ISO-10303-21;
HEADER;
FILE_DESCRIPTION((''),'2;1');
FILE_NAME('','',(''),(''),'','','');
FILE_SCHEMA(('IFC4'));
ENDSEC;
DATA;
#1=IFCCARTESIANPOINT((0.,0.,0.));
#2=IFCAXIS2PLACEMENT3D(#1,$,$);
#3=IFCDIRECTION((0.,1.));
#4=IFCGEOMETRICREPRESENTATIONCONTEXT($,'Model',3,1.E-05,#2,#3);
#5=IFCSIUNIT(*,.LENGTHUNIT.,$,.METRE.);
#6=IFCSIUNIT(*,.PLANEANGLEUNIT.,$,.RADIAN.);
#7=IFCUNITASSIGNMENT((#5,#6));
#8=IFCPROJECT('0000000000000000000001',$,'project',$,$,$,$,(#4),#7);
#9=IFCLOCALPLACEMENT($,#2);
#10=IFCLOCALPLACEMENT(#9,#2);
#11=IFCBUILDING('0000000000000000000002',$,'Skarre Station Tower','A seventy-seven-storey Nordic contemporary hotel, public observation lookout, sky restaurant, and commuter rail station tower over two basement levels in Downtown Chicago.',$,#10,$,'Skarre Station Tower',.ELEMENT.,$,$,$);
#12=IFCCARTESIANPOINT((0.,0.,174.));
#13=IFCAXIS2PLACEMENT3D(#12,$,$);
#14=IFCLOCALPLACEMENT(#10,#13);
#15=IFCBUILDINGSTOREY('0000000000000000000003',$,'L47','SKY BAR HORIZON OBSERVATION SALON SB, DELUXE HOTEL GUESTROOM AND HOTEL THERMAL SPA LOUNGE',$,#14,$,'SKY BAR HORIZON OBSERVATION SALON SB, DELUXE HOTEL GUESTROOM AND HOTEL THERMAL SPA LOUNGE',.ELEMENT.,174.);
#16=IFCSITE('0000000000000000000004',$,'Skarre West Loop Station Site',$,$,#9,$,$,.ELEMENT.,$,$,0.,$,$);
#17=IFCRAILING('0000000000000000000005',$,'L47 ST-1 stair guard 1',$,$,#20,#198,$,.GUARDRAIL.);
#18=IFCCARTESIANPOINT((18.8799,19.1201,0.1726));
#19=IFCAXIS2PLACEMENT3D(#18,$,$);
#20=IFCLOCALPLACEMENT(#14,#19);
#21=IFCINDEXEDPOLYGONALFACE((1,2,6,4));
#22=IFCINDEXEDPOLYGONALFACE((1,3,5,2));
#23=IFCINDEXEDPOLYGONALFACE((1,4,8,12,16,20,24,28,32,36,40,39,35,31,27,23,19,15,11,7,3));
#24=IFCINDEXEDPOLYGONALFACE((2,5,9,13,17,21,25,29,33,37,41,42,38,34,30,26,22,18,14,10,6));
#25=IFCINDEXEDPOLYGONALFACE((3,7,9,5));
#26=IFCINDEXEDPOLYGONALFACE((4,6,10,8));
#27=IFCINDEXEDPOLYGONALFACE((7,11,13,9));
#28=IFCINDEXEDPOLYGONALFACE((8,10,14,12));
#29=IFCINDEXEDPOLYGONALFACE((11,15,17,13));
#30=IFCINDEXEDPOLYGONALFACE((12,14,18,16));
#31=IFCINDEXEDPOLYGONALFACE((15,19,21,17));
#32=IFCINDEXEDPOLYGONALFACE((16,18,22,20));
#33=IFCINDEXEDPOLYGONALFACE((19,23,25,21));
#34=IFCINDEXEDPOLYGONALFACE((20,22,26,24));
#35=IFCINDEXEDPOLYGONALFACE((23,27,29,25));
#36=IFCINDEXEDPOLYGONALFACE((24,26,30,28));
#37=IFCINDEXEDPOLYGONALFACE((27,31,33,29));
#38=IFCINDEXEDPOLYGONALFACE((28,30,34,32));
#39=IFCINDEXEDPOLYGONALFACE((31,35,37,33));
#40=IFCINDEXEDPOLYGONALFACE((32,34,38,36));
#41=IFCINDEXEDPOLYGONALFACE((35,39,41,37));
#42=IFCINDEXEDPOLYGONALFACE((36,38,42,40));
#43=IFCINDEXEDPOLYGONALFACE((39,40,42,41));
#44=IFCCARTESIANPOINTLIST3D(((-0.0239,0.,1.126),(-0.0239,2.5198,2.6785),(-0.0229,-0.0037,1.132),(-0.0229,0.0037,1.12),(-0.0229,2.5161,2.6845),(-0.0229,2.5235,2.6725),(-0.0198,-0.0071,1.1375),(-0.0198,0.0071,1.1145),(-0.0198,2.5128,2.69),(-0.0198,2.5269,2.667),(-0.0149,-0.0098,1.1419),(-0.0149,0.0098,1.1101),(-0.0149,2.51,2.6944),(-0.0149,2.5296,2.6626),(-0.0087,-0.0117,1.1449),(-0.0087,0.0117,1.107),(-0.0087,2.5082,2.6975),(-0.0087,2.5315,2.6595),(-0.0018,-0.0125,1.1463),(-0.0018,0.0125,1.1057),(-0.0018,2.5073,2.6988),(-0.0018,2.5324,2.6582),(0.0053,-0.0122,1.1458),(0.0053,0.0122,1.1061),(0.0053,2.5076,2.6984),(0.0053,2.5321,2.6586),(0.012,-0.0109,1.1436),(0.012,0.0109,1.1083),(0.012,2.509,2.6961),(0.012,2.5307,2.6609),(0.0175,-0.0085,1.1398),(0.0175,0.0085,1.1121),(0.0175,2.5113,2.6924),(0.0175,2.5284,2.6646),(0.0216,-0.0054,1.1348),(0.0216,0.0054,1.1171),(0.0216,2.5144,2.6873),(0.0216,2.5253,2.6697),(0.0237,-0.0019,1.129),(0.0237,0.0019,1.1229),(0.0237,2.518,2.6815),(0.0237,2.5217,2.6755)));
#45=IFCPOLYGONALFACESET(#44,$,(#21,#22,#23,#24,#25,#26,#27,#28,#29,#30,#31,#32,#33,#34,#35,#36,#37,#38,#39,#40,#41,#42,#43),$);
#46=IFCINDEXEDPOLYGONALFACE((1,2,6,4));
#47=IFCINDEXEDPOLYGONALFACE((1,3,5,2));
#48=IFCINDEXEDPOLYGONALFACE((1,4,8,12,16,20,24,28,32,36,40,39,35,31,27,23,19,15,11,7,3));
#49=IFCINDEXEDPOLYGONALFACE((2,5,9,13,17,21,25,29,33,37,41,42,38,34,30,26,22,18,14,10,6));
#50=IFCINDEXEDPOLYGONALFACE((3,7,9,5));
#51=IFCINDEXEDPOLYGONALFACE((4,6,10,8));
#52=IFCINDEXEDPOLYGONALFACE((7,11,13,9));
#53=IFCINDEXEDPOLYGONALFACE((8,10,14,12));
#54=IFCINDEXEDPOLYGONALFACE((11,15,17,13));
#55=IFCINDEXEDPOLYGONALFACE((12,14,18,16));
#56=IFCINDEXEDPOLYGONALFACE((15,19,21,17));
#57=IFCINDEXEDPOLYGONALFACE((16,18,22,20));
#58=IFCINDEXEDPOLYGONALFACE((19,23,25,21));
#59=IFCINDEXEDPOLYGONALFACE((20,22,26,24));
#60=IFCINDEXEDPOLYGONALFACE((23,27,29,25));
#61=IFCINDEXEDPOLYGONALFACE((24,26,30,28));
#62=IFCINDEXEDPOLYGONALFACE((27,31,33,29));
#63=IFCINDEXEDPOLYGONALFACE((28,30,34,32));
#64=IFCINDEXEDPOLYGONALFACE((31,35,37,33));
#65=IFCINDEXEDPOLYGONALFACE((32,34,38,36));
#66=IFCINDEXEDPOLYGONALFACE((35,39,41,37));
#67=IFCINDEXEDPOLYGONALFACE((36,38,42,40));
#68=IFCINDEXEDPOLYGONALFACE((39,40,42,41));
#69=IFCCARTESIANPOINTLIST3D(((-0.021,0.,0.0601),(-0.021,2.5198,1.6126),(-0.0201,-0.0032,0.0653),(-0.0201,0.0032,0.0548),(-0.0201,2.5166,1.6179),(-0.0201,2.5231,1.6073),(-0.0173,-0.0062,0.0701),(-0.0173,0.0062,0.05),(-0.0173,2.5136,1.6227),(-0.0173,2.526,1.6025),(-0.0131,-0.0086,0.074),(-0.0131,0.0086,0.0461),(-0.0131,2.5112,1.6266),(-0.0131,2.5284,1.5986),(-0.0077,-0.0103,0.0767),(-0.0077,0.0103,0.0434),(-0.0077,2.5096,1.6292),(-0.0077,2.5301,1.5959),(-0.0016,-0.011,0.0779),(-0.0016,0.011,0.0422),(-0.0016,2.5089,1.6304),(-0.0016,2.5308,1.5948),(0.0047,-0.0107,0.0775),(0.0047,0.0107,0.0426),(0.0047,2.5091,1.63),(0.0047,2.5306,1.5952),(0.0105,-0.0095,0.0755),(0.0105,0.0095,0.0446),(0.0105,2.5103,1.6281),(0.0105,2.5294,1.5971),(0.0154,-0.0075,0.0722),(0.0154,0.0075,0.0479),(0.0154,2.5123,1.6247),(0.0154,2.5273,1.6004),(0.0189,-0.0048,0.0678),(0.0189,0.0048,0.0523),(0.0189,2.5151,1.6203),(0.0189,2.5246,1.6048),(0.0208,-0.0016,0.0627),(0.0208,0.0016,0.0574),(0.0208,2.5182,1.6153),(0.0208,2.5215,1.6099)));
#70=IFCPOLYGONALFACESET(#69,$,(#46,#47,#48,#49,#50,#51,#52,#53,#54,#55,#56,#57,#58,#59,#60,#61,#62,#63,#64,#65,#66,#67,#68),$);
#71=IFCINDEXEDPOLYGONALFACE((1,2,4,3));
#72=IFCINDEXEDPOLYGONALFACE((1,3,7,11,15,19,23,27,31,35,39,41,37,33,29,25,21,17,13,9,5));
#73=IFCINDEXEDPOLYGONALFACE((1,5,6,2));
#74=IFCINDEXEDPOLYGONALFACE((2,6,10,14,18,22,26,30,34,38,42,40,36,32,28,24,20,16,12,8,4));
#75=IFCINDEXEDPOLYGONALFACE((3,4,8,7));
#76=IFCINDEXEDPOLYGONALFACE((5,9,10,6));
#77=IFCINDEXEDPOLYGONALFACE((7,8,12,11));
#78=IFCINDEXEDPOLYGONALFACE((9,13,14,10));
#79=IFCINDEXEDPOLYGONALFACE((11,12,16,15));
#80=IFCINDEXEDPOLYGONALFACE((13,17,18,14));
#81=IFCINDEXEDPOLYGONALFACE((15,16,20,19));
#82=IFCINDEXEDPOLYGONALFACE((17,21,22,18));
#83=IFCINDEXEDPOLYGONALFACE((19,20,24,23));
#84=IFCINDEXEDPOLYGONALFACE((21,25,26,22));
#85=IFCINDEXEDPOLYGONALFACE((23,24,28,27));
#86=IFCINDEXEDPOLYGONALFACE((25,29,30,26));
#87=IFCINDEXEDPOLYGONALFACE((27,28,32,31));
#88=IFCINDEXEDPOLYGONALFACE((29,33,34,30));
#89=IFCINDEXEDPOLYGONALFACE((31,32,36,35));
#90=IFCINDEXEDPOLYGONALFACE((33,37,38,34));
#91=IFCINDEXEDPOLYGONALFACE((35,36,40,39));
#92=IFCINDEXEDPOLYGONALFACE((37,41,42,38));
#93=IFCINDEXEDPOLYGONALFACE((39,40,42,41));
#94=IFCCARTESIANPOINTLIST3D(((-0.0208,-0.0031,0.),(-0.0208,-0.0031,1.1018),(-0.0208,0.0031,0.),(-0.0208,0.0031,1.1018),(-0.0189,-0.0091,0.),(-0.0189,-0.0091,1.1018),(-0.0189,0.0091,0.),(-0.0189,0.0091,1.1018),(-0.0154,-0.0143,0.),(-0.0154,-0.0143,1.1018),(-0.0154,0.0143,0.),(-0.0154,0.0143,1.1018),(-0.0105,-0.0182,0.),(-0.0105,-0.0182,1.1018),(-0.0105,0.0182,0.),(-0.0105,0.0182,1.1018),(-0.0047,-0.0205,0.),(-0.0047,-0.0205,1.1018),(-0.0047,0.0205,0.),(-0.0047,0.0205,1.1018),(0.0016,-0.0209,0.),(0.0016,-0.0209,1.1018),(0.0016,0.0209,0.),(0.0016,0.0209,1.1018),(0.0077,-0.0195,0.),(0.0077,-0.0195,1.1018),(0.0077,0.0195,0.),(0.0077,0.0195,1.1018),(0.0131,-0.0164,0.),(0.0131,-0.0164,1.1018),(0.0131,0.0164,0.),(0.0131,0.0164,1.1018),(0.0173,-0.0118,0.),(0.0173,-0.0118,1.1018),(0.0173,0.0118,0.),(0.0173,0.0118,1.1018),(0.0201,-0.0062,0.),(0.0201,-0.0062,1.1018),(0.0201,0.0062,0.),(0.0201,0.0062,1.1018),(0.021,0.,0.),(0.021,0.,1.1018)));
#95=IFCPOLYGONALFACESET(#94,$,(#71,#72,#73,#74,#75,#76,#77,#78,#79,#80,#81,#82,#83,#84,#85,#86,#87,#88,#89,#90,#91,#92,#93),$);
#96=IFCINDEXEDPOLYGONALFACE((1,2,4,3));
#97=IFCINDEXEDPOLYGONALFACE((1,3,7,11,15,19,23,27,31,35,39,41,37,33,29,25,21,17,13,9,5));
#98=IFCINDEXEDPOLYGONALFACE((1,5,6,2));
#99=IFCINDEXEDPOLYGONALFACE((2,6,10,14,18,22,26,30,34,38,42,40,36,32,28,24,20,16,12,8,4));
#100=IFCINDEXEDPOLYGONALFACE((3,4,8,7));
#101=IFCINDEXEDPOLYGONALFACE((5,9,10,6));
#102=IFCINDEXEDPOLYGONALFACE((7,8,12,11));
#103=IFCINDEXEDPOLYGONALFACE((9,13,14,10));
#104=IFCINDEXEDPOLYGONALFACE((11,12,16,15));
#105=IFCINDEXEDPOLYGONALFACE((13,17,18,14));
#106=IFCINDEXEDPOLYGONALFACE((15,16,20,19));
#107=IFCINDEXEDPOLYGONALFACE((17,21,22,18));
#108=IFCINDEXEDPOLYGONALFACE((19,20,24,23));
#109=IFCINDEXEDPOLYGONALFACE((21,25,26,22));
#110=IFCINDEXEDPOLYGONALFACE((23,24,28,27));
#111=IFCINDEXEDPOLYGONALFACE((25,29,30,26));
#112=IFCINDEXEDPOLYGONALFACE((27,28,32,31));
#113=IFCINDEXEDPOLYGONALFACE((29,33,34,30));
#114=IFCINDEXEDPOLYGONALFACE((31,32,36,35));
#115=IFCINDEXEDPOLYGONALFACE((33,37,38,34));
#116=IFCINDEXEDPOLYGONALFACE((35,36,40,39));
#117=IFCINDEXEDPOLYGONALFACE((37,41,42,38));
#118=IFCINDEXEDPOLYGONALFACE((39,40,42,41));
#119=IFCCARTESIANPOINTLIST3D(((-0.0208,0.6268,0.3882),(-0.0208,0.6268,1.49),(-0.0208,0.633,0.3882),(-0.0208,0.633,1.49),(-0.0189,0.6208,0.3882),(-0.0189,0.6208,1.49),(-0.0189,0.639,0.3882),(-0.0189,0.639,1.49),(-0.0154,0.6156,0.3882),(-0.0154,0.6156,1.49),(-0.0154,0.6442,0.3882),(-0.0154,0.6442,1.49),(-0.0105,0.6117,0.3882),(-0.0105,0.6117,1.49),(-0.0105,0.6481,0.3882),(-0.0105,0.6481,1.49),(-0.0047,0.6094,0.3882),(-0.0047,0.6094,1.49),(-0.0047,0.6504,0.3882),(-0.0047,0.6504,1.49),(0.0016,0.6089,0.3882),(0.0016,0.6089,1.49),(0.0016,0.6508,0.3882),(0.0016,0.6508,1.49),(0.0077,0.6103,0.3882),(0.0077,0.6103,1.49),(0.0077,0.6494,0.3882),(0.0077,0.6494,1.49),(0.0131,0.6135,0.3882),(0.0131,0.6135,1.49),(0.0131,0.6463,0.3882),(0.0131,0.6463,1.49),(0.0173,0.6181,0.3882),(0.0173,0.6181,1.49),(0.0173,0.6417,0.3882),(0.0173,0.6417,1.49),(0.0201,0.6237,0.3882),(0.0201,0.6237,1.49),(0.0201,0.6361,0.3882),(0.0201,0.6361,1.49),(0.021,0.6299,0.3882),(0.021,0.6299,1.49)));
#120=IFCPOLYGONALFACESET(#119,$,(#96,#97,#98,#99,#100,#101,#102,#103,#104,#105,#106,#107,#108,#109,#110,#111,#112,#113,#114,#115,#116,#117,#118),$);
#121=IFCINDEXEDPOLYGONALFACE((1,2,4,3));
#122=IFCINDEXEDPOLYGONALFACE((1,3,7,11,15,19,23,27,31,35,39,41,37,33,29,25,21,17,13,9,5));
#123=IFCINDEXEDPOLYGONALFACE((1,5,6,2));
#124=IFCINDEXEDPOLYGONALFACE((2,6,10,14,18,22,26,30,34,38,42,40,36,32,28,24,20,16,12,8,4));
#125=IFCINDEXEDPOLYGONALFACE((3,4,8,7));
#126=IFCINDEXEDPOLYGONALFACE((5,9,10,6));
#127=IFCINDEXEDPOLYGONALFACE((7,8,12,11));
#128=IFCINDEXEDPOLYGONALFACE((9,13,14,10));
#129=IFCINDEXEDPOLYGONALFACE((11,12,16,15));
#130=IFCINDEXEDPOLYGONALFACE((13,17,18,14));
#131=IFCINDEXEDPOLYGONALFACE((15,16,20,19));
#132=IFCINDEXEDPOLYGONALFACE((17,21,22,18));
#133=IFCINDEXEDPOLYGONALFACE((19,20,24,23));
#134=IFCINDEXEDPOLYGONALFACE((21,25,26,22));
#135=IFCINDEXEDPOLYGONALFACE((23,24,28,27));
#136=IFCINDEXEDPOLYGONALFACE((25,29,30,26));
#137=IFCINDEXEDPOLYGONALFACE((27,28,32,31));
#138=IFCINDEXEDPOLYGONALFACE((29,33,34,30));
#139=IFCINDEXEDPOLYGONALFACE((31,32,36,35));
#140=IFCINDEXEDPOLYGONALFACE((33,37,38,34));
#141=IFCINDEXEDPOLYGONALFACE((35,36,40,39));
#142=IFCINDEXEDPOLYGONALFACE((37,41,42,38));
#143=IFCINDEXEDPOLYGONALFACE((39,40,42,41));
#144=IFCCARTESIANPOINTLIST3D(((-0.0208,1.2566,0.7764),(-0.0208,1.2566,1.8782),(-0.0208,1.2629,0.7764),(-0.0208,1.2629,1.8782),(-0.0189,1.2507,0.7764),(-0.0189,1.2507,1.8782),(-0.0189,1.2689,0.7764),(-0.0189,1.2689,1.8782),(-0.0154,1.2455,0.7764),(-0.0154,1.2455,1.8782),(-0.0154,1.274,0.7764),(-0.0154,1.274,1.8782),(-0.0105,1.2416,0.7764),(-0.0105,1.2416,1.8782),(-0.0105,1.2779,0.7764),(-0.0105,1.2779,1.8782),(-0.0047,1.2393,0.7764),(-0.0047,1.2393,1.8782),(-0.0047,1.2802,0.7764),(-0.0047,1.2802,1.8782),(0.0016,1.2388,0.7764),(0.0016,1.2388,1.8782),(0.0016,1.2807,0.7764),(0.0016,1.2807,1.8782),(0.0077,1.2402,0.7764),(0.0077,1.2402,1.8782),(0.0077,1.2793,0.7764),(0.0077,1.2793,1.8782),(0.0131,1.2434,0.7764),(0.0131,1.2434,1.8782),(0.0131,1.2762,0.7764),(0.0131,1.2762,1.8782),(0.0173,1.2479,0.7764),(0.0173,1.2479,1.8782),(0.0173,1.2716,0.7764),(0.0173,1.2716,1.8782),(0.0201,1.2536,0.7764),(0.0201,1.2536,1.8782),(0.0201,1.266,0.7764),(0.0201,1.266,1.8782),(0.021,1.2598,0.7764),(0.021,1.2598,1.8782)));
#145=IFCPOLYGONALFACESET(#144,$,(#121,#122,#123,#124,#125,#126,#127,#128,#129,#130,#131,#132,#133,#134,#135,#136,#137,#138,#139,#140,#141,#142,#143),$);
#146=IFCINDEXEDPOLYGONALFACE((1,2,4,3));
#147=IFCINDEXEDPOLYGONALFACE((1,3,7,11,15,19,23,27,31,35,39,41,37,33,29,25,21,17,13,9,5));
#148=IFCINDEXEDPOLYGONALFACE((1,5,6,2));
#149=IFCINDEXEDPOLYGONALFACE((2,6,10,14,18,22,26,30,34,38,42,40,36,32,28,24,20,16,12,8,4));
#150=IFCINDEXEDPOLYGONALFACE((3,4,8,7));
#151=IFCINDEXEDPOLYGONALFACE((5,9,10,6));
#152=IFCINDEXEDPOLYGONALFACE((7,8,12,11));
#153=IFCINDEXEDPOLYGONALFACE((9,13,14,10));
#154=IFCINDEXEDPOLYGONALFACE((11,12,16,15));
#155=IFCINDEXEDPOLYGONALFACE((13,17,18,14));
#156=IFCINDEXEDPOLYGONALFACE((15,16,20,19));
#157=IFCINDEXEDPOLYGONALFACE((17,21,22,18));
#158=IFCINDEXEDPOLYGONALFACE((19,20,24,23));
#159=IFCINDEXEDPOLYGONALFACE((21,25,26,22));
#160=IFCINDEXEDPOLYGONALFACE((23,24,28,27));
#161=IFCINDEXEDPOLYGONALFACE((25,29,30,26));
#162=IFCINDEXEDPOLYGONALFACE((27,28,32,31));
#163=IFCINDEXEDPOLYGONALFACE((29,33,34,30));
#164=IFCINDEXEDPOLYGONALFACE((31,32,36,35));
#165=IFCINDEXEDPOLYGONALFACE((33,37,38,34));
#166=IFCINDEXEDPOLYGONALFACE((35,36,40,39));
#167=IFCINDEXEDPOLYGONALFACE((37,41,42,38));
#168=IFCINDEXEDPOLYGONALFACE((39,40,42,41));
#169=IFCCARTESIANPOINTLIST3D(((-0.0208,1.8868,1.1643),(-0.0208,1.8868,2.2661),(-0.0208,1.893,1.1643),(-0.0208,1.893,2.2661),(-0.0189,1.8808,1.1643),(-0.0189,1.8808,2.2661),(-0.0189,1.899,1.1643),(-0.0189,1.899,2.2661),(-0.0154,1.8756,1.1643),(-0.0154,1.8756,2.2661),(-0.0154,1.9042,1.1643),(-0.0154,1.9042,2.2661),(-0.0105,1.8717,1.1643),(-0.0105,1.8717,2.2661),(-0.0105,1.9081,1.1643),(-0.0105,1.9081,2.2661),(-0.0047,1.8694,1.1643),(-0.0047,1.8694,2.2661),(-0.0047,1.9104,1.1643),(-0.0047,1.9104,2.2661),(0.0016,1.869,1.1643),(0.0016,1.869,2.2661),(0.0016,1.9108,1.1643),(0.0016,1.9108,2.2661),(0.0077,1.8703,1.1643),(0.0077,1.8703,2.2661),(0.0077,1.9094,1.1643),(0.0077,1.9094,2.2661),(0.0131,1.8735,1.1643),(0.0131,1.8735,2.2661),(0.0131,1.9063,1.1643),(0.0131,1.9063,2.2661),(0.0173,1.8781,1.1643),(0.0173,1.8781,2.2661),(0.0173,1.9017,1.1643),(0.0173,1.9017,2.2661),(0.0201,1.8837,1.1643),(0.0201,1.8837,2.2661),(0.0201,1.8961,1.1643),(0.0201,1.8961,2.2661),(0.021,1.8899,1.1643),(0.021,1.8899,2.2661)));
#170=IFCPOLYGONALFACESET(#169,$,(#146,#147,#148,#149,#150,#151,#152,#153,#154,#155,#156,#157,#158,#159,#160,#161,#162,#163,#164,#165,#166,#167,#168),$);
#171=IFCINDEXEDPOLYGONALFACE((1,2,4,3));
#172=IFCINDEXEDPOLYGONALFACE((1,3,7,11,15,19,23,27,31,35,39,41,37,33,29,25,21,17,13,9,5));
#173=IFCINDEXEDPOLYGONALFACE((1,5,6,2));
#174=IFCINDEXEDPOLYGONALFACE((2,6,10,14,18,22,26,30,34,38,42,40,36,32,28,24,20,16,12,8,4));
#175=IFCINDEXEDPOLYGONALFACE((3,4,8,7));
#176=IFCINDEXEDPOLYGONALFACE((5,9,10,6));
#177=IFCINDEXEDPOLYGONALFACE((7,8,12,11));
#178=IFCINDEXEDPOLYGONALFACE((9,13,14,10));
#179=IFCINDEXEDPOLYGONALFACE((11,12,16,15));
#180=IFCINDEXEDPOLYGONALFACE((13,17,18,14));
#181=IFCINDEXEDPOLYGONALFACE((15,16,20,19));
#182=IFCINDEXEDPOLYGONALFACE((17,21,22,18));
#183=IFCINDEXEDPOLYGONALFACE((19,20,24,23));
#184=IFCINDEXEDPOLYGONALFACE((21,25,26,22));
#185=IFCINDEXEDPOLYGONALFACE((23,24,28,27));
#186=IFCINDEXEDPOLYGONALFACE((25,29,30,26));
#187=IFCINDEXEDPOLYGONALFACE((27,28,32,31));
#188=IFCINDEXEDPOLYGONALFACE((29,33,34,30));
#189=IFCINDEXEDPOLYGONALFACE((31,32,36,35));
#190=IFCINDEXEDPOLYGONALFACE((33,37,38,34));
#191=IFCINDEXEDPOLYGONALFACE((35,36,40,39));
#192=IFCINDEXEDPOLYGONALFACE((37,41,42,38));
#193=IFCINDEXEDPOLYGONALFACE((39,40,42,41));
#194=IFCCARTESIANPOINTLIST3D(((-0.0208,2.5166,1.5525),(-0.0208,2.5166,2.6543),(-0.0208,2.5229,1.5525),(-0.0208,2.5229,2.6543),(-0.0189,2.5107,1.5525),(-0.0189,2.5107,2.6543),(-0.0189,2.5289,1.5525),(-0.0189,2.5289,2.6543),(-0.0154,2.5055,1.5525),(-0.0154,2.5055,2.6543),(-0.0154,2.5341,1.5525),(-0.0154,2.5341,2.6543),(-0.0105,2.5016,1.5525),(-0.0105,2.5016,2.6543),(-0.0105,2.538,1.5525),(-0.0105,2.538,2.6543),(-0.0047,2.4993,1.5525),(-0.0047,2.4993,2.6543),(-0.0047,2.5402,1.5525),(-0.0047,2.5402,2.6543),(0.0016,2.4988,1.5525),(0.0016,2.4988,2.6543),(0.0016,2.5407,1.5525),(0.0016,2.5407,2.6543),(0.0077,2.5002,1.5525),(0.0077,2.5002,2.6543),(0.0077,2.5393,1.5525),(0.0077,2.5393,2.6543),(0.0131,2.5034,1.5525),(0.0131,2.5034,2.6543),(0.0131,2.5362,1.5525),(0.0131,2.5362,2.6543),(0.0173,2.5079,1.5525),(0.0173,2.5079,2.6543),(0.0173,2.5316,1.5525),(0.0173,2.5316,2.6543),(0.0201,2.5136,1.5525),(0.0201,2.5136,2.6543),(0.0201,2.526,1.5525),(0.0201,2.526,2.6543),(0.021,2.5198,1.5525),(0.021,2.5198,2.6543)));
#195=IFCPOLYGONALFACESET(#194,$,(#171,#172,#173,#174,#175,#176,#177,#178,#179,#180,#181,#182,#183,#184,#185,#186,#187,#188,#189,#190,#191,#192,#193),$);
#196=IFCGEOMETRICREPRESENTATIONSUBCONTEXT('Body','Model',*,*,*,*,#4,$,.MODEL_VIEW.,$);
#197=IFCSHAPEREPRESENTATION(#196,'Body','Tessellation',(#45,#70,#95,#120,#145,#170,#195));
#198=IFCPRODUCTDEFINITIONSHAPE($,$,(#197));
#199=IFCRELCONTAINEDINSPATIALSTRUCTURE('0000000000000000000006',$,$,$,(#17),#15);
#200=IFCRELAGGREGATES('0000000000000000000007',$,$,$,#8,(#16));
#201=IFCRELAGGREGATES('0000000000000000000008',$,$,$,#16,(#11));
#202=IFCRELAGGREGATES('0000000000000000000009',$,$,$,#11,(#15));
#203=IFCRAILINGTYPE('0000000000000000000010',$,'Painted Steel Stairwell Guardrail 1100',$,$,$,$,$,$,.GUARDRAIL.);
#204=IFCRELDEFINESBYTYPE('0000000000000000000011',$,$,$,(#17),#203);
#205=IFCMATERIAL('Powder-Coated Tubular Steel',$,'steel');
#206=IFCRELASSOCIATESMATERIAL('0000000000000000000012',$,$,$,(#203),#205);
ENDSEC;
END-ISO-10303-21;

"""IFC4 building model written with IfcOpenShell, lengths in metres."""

from ifc_helpers import new_model, si_unit, direction, frame, origin, origin_2d, place, context, subcontext, project, spatial, circle, extrude, material, type_object, element, save


model = new_model("IFC4")

# Units and contexts
model_context = context("Model", 3, precision=1e-05, world=origin(), true_north=direction((0.0, 1.0)))
body_context = subcontext(model_context, "Body", "Model", "MODEL_VIEW")
ifc_project = project(units=[si_unit("LENGTHUNIT", "METRE"), si_unit("PLANEANGLEUNIT", "RADIAN")], contexts=[model_context])

# Site, building, storey
site_placement = place(None, origin())
site = spatial("IfcSite", under=ifc_project, at=site_placement, Name="Skarre West Loop Station Site", CompositionType="ELEMENT", RefElevation=0.0)
building_placement = place(site_placement, origin())
building = spatial("IfcBuilding", under=site, at=building_placement, Name="Skarre Station Tower", Description="A seventy-seven-storey Nordic contemporary hotel, public observation lookout, sky restaurant, and commuter rail station tower over two basement levels in Downtown Chicago.", LongName="Skarre Station Tower", CompositionType="ELEMENT")
storey_placement = place(building_placement, frame((0.0, 0.0, 174.0)))
storey = spatial("IfcBuildingStorey", under=building, at=storey_placement, Name="L47", Description="SKY BAR HORIZON OBSERVATION SALON SB, DELUXE HOTEL GUESTROOM AND HOTEL THERMAL SPA LOUNGE", LongName="SKY BAR HORIZON OBSERVATION SALON SB, DELUXE HOTEL GUESTROOM AND HOTEL THERMAL SPA LOUNGE", CompositionType="ELEMENT", Elevation=174.0)

# Railing
ifc_material_1 = material(Name="Powder-Coated Tubular Steel", Category="steel")
railing_type_1 = type_object("IfcRailingType", Name="Painted Steel Stairwell Guardrail 1100", PredefinedType="GUARDRAIL", material=ifc_material_1)
railing_1_placement = place(storey_placement, frame((18.8799, 19.1201, 0.1726)))
element("IfcRailing", 1, at=railing_1_placement, inside=storey, type_object=railing_type_1, Name="L47 ST-1 stair guard 1", PredefinedType="GUARDRAIL", context=body_context, shape_type="SweptSolid", body=[
    extrude(circle(Radius=0.0239, at=origin_2d()), frame((0.0, 0.0, 1.126), z_axis=(0.0, 0.851378, 0.524553), x_axis=(-1.0, 0.0, 0.0)), (0.0, 0.0, 1.0), 2.9597),
    extrude(circle(Radius=0.021, at=origin_2d()), frame((0.0, 0.0, 0.0601), z_axis=(0.0, 0.851378, 0.524553), x_axis=(-1.0, 0.0, 0.0)), (0.0, 0.0, 1.0), 2.9597),
    extrude(circle(Radius=0.021, at=origin_2d()), origin(), (0.0, 0.0, 1.0), 1.1018),
    extrude(circle(Radius=0.021, at=origin_2d()), frame((0.0, 0.6299, 0.3882)), (0.0, 0.0, 1.0), 1.1018),
    extrude(circle(Radius=0.021, at=origin_2d()), frame((0.0, 1.2598, 0.7764)), (0.0, 0.0, 1.0), 1.1018),
    extrude(circle(Radius=0.021, at=origin_2d()), frame((0.0, 1.8899, 1.1643)), (0.0, 0.0, 1.0), 1.1018),
    extrude(circle(Radius=0.021, at=origin_2d()), frame((0.0, 2.5198, 1.5525)), (0.0, 0.0, 1.0), 1.1018),
])

save(model, "model.ifc")
